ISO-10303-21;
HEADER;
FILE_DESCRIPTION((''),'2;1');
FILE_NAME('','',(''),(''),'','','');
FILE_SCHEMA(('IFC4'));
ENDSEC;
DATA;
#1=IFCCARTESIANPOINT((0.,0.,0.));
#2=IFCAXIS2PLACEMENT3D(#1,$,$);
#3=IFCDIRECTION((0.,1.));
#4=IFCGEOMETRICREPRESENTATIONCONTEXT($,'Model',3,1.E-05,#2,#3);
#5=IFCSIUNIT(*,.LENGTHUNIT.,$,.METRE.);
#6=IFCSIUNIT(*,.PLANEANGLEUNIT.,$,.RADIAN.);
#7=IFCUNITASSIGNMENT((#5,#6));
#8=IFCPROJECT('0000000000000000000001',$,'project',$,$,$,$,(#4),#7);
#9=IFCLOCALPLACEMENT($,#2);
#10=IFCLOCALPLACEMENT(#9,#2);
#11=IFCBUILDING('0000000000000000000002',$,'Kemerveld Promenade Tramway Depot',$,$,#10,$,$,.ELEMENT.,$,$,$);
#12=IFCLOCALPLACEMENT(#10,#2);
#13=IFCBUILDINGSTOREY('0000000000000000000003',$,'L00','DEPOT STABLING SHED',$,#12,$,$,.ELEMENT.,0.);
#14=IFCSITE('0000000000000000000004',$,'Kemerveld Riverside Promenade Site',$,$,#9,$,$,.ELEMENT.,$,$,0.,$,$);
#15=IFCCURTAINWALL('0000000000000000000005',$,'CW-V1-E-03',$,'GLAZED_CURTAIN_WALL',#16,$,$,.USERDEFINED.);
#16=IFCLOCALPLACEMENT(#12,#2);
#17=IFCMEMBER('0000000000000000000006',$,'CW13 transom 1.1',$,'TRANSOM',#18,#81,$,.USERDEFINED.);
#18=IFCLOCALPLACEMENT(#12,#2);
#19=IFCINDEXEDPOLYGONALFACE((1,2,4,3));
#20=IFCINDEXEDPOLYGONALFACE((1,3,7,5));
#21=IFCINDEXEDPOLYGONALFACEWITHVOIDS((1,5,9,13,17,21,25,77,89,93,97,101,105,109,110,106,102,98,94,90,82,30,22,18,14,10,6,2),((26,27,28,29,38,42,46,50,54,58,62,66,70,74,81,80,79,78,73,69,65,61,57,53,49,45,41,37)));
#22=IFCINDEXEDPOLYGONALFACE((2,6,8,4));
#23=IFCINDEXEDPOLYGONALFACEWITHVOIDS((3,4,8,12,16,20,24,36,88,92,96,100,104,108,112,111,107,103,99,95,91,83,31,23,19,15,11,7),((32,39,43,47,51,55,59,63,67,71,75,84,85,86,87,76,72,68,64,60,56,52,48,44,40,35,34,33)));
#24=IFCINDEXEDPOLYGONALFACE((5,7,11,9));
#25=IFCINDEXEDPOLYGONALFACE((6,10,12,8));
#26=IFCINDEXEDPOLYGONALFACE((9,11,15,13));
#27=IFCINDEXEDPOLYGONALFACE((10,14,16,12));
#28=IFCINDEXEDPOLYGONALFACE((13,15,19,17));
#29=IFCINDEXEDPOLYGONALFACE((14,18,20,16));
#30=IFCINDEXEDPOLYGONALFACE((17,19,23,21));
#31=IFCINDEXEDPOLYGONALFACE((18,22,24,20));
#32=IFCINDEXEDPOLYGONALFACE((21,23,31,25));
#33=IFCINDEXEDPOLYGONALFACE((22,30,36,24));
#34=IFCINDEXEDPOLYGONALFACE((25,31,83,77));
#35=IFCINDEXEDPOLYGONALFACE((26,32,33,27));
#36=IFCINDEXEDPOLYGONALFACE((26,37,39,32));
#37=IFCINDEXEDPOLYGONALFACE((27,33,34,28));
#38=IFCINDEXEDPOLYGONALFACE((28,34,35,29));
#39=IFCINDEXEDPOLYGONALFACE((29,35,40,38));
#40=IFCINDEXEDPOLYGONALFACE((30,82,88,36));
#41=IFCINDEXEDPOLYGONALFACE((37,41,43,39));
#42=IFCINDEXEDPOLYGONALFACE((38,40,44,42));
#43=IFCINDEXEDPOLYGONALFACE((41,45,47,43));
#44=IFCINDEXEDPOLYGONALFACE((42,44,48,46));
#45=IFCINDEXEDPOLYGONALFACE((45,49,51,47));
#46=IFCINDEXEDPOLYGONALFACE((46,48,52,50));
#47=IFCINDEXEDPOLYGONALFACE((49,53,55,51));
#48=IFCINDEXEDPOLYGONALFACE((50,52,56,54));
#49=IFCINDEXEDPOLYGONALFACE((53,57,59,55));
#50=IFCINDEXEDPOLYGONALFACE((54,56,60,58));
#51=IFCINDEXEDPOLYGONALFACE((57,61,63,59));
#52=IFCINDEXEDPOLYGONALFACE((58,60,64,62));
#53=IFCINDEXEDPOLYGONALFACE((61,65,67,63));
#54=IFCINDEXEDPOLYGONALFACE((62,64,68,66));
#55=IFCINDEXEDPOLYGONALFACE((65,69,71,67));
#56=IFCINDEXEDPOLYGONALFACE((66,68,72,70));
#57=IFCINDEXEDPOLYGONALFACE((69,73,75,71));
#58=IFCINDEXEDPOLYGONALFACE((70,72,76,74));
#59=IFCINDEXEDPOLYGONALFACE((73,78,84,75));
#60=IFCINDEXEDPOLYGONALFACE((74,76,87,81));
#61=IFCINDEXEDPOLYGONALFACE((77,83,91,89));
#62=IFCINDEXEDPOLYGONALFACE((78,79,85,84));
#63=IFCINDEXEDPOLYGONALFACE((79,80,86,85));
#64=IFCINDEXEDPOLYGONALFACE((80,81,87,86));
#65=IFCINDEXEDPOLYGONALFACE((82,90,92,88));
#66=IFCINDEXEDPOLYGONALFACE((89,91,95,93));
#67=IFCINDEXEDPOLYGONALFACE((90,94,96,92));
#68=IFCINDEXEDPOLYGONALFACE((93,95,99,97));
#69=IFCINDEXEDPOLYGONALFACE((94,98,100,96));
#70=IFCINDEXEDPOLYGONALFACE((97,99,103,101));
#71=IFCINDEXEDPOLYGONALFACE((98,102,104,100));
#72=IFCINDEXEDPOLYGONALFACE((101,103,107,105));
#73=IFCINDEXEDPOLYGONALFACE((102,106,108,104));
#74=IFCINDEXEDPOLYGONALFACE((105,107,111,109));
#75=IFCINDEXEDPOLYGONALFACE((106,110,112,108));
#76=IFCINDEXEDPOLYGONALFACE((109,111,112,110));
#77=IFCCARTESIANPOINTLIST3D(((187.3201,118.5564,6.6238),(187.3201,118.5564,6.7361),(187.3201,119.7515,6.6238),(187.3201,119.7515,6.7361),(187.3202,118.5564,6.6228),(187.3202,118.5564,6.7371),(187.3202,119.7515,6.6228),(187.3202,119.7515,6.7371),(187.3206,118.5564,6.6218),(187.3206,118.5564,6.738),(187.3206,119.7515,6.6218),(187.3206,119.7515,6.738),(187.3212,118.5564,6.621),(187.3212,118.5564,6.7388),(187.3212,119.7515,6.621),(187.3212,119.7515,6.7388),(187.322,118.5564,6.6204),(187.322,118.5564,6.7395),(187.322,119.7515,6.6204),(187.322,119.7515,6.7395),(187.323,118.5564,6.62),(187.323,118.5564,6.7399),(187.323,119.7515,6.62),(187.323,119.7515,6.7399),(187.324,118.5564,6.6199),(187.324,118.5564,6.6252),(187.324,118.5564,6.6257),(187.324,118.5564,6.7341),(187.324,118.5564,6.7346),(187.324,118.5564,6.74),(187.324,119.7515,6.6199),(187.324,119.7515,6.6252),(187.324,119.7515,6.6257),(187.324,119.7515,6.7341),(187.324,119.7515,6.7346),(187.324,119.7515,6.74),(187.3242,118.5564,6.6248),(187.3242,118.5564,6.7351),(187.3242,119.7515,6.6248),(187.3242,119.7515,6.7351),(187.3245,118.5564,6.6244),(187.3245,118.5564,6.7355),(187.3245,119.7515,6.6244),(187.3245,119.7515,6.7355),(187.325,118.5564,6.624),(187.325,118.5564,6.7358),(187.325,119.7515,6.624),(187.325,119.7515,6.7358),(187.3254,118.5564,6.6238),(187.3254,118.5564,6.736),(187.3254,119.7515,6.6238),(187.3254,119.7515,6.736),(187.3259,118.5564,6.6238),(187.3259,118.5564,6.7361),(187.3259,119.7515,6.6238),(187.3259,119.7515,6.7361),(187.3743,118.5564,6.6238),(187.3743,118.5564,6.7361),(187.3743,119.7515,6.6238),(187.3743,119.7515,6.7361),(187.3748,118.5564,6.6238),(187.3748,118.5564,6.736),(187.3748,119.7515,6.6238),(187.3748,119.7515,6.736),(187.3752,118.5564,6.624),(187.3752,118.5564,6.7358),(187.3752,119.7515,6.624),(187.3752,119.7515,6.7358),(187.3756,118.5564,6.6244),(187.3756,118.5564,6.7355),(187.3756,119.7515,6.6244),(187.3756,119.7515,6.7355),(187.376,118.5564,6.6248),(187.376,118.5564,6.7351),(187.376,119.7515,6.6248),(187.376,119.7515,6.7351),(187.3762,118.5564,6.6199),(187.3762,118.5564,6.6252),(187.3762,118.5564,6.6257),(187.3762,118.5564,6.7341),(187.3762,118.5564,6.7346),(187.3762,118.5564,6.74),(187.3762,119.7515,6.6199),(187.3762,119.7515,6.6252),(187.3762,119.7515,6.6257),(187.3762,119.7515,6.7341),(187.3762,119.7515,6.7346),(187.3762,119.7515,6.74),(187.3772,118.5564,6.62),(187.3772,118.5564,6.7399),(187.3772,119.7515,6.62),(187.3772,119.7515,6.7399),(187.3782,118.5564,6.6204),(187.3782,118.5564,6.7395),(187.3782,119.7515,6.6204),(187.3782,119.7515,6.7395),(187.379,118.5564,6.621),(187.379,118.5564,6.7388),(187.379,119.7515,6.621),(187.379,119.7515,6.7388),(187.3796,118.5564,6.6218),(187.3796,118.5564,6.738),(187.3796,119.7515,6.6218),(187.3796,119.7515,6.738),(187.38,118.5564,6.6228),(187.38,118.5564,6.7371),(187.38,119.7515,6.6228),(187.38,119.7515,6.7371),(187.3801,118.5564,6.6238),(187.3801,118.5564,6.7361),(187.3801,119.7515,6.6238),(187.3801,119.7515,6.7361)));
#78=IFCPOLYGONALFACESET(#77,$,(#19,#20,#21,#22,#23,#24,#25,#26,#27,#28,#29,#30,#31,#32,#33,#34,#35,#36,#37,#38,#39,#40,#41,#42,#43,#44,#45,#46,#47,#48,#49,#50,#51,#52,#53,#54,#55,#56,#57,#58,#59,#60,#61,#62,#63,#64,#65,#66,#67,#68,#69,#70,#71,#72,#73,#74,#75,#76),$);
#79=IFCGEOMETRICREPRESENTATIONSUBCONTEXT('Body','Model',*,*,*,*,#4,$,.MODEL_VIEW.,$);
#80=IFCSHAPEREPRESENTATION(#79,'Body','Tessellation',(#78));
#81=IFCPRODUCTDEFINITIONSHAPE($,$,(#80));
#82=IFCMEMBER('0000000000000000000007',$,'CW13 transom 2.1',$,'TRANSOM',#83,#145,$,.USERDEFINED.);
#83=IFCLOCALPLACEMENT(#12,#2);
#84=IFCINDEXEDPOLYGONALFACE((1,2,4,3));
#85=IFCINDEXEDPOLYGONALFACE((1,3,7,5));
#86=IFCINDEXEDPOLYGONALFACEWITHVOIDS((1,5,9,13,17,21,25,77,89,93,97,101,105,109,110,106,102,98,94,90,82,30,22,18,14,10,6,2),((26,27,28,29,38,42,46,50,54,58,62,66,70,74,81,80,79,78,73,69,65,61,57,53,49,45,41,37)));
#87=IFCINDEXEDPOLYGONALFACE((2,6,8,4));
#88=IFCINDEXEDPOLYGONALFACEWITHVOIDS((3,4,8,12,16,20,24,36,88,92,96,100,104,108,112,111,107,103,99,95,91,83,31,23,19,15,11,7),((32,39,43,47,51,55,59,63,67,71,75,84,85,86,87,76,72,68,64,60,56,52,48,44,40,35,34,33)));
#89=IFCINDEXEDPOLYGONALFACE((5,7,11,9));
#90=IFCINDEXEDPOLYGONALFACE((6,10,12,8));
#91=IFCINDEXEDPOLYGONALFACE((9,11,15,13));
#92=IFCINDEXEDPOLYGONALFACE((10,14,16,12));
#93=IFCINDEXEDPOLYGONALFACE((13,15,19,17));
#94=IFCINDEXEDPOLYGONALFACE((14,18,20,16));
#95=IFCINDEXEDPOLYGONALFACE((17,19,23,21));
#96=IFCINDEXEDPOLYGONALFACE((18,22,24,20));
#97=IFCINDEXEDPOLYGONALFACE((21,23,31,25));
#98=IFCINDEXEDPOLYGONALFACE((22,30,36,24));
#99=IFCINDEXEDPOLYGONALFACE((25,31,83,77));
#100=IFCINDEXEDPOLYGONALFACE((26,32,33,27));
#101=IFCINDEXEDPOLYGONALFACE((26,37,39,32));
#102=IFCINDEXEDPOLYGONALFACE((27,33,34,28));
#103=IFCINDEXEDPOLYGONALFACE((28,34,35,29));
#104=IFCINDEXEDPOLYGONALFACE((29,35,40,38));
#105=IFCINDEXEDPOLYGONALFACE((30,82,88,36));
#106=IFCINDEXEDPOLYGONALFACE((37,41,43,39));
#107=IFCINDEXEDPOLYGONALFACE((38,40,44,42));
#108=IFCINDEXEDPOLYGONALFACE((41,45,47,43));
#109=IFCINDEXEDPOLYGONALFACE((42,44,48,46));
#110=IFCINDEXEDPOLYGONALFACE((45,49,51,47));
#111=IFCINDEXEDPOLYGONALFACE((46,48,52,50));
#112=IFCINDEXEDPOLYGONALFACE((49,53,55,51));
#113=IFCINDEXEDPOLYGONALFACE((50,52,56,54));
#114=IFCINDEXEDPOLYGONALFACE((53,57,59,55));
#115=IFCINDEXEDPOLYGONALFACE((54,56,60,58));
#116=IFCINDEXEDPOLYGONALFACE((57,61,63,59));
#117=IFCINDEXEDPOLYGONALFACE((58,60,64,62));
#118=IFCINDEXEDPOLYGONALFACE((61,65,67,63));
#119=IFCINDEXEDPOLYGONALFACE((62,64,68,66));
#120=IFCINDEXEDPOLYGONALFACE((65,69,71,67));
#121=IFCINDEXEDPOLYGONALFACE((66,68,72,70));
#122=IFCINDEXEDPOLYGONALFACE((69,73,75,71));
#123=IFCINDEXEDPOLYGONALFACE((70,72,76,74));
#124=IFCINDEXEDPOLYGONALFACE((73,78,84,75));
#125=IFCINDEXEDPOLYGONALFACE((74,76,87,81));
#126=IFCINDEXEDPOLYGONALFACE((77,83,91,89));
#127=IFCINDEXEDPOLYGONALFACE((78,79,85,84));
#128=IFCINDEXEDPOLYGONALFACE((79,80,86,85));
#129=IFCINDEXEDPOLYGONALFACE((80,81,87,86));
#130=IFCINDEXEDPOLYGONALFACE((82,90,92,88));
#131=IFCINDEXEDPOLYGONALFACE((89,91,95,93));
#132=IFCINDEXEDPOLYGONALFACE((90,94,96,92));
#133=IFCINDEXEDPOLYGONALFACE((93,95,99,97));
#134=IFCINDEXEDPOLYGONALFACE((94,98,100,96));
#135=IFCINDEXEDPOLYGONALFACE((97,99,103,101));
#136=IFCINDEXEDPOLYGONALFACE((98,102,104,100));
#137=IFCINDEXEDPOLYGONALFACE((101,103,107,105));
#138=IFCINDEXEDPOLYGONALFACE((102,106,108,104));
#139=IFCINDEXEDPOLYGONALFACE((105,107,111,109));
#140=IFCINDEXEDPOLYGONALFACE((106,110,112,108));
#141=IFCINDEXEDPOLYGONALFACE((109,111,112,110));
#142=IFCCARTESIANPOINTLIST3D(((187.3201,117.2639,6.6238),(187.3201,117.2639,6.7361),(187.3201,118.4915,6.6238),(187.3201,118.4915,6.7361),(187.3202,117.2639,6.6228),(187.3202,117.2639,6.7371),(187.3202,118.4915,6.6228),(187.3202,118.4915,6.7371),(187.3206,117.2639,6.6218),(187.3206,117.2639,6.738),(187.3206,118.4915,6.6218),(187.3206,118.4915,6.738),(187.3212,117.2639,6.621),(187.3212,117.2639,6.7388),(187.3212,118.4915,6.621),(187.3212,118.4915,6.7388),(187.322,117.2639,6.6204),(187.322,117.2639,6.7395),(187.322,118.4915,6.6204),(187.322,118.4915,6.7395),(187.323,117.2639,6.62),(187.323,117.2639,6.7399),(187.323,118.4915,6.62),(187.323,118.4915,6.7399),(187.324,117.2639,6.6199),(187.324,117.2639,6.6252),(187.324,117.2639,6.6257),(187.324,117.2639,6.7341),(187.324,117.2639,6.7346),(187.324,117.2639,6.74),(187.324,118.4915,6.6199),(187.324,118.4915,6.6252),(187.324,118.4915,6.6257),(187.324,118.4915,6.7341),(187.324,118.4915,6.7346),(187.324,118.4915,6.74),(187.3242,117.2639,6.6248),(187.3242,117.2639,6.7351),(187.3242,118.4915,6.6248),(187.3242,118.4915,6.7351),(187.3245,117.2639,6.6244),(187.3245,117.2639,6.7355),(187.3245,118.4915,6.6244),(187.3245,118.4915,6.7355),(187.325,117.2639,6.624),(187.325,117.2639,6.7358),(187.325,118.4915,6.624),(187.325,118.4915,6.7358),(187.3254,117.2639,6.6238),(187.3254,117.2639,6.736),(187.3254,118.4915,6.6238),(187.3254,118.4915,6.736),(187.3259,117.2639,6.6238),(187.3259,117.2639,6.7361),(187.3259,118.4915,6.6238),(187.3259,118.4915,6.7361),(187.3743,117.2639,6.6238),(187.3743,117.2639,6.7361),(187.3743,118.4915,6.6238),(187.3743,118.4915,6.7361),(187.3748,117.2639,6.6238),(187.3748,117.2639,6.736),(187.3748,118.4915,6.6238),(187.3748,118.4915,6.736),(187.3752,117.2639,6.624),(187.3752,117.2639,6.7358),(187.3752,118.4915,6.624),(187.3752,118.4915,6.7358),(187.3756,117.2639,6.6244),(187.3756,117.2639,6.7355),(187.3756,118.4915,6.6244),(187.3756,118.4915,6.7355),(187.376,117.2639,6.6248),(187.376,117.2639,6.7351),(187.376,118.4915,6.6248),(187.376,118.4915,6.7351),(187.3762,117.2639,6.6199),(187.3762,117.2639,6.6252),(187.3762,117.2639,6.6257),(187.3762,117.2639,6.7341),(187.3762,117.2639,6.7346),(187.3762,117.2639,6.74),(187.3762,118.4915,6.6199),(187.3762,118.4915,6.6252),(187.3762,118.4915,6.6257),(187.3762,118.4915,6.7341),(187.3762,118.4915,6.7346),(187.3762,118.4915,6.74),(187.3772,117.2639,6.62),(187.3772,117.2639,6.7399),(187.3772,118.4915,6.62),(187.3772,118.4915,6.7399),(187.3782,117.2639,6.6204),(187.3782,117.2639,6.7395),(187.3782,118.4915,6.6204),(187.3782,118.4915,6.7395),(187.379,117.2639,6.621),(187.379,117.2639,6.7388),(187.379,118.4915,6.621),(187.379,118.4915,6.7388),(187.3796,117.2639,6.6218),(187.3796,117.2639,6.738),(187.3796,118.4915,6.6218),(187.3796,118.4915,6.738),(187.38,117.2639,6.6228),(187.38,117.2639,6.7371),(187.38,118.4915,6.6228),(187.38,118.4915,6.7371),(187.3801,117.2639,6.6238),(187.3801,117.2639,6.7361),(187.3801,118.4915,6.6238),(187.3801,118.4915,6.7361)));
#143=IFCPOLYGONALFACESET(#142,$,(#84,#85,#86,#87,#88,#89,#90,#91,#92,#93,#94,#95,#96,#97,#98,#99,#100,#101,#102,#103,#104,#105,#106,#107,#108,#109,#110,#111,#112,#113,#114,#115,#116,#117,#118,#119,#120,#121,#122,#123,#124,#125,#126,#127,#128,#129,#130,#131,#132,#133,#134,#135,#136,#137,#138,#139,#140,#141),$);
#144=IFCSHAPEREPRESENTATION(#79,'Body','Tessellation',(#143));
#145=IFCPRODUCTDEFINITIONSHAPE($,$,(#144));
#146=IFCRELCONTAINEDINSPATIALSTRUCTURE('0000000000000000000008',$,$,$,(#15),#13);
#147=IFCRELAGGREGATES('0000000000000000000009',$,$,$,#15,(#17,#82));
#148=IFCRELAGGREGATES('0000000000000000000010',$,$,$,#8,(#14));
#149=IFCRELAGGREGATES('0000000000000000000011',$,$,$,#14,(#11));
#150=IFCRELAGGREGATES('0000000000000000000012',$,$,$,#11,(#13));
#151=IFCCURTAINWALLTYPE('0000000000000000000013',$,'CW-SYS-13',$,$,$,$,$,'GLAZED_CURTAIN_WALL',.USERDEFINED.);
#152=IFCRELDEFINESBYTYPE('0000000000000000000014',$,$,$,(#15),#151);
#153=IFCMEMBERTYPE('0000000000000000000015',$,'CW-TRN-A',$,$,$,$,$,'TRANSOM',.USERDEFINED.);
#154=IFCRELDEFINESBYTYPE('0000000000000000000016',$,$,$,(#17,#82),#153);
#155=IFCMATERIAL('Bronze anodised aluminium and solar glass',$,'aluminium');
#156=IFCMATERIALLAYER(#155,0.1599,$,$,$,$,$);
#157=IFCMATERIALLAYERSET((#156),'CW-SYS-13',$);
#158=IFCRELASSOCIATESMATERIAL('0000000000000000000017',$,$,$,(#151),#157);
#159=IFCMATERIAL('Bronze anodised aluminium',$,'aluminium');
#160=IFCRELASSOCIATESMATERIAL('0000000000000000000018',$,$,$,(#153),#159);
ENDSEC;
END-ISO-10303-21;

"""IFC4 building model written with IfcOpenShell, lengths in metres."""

from ifc_helpers import new_model, si_unit, direction, frame, origin, origin_2d, place, context, subcontext, project, spatial, hollow_rectangle, extrude, material, layer, layer_set, material_profile, profile_set, type_object, element, aggregate, save


model = new_model("IFC4")

# Units and contexts
model_context = context("Model", 3, precision=1e-05, world=origin(), true_north=direction((0.0, 1.0)))
body_context = subcontext(model_context, "Body", "Model", "MODEL_VIEW")
ifc_project = project(units=[si_unit("LENGTHUNIT", "METRE"), si_unit("PLANEANGLEUNIT", "RADIAN")], contexts=[model_context])

# Site, building, storey
site_placement = place(None, origin())
site = spatial("IfcSite", under=ifc_project, at=site_placement, Name="Kemerveld Riverside Promenade Site", CompositionType="ELEMENT", RefElevation=0.0)
building_placement = place(site_placement, origin())
building = spatial("IfcBuilding", under=site, at=building_placement, Name="Kemerveld Promenade Tramway Depot", CompositionType="ELEMENT")
storey_placement = place(building_placement, origin())
storey = spatial("IfcBuildingStorey", under=building, at=storey_placement, Name="L00", Description="DEPOT STABLING SHED", CompositionType="ELEMENT", Elevation=0.0)

# Curtain wall, members
ifc_material_1 = material(Name="Bronze anodised aluminium and solar glass", Category="aluminium")
ifc_layer_1 = layer(ifc_material_1, 0.1599)
ifc_layer_set_1 = layer_set([ifc_layer_1], Name="CW-SYS-13")
curtain_wall_type = type_object("IfcCurtainWallType", Name="CW-SYS-13", ElementType="GLAZED_CURTAIN_WALL", PredefinedType="USERDEFINED", material=ifc_layer_set_1)
curtain_wall_placement = place(storey_placement, origin())
curtain_wall = element("IfcCurtainWall", 1, at=curtain_wall_placement, inside=storey, type_object=curtain_wall_type, Name="CW-V1-E-03", ObjectType="GLAZED_CURTAIN_WALL", PredefinedType="USERDEFINED")
ifc_material_2 = material(Name="Bronze anodised aluminium", Category="aluminium")
ifc_material_profile_1 = material_profile(ifc_material_2, hollow_rectangle(XDim=0.0601, YDim=0.1201, WallThickness=0.0039, InnerFilletRadius=0.002, OuterFilletRadius=0.0039, at=origin_2d()), Name="CW-TRN-120x60")
ifc_profile_set_1 = profile_set([ifc_material_profile_1], Name="Bronze anodised aluminium")
member_type_1 = type_object("IfcMemberType", Name="CW-TRN-A", ElementType="TRANSOM", PredefinedType="USERDEFINED", material=ifc_profile_set_1)
member_1_placement = place(storey_placement, frame((187.3501, 119.7515, 6.6799), z_axis=(0.0, -1.0, 0.0), x_axis=(1.0, 0.0, 0.0)))
member_1 = element("IfcMember", 2, at=member_1_placement, type_object=member_type_1, Name="CW13 transom 1.1", ObjectType="TRANSOM", PredefinedType="USERDEFINED", context=body_context, shape_type="SweptSolid", body=[
    extrude(hollow_rectangle(XDim=0.0601, YDim=0.1201, WallThickness=0.0039, InnerFilletRadius=0.002, OuterFilletRadius=0.0039, at=origin_2d()), origin(), (0.0, 0.0, 1.0), 1.1951),
])
member_2_placement = place(storey_placement, frame((187.3501, 118.4915, 6.6799), z_axis=(0.0, -1.0, 0.0), x_axis=(1.0, 0.0, 0.0)))
member_2 = element("IfcMember", 3, at=member_2_placement, type_object=member_type_1, Name="CW13 transom 2.1", ObjectType="TRANSOM", PredefinedType="USERDEFINED", context=body_context, shape_type="SweptSolid", body=[
    extrude(hollow_rectangle(XDim=0.0601, YDim=0.1201, WallThickness=0.0039, InnerFilletRadius=0.002, OuterFilletRadius=0.0039, at=origin_2d()), origin(), (0.0, 0.0, 1.0), 1.2275),
])
aggregate(curtain_wall, [member_1, member_2])

save(model, "model.ifc")
